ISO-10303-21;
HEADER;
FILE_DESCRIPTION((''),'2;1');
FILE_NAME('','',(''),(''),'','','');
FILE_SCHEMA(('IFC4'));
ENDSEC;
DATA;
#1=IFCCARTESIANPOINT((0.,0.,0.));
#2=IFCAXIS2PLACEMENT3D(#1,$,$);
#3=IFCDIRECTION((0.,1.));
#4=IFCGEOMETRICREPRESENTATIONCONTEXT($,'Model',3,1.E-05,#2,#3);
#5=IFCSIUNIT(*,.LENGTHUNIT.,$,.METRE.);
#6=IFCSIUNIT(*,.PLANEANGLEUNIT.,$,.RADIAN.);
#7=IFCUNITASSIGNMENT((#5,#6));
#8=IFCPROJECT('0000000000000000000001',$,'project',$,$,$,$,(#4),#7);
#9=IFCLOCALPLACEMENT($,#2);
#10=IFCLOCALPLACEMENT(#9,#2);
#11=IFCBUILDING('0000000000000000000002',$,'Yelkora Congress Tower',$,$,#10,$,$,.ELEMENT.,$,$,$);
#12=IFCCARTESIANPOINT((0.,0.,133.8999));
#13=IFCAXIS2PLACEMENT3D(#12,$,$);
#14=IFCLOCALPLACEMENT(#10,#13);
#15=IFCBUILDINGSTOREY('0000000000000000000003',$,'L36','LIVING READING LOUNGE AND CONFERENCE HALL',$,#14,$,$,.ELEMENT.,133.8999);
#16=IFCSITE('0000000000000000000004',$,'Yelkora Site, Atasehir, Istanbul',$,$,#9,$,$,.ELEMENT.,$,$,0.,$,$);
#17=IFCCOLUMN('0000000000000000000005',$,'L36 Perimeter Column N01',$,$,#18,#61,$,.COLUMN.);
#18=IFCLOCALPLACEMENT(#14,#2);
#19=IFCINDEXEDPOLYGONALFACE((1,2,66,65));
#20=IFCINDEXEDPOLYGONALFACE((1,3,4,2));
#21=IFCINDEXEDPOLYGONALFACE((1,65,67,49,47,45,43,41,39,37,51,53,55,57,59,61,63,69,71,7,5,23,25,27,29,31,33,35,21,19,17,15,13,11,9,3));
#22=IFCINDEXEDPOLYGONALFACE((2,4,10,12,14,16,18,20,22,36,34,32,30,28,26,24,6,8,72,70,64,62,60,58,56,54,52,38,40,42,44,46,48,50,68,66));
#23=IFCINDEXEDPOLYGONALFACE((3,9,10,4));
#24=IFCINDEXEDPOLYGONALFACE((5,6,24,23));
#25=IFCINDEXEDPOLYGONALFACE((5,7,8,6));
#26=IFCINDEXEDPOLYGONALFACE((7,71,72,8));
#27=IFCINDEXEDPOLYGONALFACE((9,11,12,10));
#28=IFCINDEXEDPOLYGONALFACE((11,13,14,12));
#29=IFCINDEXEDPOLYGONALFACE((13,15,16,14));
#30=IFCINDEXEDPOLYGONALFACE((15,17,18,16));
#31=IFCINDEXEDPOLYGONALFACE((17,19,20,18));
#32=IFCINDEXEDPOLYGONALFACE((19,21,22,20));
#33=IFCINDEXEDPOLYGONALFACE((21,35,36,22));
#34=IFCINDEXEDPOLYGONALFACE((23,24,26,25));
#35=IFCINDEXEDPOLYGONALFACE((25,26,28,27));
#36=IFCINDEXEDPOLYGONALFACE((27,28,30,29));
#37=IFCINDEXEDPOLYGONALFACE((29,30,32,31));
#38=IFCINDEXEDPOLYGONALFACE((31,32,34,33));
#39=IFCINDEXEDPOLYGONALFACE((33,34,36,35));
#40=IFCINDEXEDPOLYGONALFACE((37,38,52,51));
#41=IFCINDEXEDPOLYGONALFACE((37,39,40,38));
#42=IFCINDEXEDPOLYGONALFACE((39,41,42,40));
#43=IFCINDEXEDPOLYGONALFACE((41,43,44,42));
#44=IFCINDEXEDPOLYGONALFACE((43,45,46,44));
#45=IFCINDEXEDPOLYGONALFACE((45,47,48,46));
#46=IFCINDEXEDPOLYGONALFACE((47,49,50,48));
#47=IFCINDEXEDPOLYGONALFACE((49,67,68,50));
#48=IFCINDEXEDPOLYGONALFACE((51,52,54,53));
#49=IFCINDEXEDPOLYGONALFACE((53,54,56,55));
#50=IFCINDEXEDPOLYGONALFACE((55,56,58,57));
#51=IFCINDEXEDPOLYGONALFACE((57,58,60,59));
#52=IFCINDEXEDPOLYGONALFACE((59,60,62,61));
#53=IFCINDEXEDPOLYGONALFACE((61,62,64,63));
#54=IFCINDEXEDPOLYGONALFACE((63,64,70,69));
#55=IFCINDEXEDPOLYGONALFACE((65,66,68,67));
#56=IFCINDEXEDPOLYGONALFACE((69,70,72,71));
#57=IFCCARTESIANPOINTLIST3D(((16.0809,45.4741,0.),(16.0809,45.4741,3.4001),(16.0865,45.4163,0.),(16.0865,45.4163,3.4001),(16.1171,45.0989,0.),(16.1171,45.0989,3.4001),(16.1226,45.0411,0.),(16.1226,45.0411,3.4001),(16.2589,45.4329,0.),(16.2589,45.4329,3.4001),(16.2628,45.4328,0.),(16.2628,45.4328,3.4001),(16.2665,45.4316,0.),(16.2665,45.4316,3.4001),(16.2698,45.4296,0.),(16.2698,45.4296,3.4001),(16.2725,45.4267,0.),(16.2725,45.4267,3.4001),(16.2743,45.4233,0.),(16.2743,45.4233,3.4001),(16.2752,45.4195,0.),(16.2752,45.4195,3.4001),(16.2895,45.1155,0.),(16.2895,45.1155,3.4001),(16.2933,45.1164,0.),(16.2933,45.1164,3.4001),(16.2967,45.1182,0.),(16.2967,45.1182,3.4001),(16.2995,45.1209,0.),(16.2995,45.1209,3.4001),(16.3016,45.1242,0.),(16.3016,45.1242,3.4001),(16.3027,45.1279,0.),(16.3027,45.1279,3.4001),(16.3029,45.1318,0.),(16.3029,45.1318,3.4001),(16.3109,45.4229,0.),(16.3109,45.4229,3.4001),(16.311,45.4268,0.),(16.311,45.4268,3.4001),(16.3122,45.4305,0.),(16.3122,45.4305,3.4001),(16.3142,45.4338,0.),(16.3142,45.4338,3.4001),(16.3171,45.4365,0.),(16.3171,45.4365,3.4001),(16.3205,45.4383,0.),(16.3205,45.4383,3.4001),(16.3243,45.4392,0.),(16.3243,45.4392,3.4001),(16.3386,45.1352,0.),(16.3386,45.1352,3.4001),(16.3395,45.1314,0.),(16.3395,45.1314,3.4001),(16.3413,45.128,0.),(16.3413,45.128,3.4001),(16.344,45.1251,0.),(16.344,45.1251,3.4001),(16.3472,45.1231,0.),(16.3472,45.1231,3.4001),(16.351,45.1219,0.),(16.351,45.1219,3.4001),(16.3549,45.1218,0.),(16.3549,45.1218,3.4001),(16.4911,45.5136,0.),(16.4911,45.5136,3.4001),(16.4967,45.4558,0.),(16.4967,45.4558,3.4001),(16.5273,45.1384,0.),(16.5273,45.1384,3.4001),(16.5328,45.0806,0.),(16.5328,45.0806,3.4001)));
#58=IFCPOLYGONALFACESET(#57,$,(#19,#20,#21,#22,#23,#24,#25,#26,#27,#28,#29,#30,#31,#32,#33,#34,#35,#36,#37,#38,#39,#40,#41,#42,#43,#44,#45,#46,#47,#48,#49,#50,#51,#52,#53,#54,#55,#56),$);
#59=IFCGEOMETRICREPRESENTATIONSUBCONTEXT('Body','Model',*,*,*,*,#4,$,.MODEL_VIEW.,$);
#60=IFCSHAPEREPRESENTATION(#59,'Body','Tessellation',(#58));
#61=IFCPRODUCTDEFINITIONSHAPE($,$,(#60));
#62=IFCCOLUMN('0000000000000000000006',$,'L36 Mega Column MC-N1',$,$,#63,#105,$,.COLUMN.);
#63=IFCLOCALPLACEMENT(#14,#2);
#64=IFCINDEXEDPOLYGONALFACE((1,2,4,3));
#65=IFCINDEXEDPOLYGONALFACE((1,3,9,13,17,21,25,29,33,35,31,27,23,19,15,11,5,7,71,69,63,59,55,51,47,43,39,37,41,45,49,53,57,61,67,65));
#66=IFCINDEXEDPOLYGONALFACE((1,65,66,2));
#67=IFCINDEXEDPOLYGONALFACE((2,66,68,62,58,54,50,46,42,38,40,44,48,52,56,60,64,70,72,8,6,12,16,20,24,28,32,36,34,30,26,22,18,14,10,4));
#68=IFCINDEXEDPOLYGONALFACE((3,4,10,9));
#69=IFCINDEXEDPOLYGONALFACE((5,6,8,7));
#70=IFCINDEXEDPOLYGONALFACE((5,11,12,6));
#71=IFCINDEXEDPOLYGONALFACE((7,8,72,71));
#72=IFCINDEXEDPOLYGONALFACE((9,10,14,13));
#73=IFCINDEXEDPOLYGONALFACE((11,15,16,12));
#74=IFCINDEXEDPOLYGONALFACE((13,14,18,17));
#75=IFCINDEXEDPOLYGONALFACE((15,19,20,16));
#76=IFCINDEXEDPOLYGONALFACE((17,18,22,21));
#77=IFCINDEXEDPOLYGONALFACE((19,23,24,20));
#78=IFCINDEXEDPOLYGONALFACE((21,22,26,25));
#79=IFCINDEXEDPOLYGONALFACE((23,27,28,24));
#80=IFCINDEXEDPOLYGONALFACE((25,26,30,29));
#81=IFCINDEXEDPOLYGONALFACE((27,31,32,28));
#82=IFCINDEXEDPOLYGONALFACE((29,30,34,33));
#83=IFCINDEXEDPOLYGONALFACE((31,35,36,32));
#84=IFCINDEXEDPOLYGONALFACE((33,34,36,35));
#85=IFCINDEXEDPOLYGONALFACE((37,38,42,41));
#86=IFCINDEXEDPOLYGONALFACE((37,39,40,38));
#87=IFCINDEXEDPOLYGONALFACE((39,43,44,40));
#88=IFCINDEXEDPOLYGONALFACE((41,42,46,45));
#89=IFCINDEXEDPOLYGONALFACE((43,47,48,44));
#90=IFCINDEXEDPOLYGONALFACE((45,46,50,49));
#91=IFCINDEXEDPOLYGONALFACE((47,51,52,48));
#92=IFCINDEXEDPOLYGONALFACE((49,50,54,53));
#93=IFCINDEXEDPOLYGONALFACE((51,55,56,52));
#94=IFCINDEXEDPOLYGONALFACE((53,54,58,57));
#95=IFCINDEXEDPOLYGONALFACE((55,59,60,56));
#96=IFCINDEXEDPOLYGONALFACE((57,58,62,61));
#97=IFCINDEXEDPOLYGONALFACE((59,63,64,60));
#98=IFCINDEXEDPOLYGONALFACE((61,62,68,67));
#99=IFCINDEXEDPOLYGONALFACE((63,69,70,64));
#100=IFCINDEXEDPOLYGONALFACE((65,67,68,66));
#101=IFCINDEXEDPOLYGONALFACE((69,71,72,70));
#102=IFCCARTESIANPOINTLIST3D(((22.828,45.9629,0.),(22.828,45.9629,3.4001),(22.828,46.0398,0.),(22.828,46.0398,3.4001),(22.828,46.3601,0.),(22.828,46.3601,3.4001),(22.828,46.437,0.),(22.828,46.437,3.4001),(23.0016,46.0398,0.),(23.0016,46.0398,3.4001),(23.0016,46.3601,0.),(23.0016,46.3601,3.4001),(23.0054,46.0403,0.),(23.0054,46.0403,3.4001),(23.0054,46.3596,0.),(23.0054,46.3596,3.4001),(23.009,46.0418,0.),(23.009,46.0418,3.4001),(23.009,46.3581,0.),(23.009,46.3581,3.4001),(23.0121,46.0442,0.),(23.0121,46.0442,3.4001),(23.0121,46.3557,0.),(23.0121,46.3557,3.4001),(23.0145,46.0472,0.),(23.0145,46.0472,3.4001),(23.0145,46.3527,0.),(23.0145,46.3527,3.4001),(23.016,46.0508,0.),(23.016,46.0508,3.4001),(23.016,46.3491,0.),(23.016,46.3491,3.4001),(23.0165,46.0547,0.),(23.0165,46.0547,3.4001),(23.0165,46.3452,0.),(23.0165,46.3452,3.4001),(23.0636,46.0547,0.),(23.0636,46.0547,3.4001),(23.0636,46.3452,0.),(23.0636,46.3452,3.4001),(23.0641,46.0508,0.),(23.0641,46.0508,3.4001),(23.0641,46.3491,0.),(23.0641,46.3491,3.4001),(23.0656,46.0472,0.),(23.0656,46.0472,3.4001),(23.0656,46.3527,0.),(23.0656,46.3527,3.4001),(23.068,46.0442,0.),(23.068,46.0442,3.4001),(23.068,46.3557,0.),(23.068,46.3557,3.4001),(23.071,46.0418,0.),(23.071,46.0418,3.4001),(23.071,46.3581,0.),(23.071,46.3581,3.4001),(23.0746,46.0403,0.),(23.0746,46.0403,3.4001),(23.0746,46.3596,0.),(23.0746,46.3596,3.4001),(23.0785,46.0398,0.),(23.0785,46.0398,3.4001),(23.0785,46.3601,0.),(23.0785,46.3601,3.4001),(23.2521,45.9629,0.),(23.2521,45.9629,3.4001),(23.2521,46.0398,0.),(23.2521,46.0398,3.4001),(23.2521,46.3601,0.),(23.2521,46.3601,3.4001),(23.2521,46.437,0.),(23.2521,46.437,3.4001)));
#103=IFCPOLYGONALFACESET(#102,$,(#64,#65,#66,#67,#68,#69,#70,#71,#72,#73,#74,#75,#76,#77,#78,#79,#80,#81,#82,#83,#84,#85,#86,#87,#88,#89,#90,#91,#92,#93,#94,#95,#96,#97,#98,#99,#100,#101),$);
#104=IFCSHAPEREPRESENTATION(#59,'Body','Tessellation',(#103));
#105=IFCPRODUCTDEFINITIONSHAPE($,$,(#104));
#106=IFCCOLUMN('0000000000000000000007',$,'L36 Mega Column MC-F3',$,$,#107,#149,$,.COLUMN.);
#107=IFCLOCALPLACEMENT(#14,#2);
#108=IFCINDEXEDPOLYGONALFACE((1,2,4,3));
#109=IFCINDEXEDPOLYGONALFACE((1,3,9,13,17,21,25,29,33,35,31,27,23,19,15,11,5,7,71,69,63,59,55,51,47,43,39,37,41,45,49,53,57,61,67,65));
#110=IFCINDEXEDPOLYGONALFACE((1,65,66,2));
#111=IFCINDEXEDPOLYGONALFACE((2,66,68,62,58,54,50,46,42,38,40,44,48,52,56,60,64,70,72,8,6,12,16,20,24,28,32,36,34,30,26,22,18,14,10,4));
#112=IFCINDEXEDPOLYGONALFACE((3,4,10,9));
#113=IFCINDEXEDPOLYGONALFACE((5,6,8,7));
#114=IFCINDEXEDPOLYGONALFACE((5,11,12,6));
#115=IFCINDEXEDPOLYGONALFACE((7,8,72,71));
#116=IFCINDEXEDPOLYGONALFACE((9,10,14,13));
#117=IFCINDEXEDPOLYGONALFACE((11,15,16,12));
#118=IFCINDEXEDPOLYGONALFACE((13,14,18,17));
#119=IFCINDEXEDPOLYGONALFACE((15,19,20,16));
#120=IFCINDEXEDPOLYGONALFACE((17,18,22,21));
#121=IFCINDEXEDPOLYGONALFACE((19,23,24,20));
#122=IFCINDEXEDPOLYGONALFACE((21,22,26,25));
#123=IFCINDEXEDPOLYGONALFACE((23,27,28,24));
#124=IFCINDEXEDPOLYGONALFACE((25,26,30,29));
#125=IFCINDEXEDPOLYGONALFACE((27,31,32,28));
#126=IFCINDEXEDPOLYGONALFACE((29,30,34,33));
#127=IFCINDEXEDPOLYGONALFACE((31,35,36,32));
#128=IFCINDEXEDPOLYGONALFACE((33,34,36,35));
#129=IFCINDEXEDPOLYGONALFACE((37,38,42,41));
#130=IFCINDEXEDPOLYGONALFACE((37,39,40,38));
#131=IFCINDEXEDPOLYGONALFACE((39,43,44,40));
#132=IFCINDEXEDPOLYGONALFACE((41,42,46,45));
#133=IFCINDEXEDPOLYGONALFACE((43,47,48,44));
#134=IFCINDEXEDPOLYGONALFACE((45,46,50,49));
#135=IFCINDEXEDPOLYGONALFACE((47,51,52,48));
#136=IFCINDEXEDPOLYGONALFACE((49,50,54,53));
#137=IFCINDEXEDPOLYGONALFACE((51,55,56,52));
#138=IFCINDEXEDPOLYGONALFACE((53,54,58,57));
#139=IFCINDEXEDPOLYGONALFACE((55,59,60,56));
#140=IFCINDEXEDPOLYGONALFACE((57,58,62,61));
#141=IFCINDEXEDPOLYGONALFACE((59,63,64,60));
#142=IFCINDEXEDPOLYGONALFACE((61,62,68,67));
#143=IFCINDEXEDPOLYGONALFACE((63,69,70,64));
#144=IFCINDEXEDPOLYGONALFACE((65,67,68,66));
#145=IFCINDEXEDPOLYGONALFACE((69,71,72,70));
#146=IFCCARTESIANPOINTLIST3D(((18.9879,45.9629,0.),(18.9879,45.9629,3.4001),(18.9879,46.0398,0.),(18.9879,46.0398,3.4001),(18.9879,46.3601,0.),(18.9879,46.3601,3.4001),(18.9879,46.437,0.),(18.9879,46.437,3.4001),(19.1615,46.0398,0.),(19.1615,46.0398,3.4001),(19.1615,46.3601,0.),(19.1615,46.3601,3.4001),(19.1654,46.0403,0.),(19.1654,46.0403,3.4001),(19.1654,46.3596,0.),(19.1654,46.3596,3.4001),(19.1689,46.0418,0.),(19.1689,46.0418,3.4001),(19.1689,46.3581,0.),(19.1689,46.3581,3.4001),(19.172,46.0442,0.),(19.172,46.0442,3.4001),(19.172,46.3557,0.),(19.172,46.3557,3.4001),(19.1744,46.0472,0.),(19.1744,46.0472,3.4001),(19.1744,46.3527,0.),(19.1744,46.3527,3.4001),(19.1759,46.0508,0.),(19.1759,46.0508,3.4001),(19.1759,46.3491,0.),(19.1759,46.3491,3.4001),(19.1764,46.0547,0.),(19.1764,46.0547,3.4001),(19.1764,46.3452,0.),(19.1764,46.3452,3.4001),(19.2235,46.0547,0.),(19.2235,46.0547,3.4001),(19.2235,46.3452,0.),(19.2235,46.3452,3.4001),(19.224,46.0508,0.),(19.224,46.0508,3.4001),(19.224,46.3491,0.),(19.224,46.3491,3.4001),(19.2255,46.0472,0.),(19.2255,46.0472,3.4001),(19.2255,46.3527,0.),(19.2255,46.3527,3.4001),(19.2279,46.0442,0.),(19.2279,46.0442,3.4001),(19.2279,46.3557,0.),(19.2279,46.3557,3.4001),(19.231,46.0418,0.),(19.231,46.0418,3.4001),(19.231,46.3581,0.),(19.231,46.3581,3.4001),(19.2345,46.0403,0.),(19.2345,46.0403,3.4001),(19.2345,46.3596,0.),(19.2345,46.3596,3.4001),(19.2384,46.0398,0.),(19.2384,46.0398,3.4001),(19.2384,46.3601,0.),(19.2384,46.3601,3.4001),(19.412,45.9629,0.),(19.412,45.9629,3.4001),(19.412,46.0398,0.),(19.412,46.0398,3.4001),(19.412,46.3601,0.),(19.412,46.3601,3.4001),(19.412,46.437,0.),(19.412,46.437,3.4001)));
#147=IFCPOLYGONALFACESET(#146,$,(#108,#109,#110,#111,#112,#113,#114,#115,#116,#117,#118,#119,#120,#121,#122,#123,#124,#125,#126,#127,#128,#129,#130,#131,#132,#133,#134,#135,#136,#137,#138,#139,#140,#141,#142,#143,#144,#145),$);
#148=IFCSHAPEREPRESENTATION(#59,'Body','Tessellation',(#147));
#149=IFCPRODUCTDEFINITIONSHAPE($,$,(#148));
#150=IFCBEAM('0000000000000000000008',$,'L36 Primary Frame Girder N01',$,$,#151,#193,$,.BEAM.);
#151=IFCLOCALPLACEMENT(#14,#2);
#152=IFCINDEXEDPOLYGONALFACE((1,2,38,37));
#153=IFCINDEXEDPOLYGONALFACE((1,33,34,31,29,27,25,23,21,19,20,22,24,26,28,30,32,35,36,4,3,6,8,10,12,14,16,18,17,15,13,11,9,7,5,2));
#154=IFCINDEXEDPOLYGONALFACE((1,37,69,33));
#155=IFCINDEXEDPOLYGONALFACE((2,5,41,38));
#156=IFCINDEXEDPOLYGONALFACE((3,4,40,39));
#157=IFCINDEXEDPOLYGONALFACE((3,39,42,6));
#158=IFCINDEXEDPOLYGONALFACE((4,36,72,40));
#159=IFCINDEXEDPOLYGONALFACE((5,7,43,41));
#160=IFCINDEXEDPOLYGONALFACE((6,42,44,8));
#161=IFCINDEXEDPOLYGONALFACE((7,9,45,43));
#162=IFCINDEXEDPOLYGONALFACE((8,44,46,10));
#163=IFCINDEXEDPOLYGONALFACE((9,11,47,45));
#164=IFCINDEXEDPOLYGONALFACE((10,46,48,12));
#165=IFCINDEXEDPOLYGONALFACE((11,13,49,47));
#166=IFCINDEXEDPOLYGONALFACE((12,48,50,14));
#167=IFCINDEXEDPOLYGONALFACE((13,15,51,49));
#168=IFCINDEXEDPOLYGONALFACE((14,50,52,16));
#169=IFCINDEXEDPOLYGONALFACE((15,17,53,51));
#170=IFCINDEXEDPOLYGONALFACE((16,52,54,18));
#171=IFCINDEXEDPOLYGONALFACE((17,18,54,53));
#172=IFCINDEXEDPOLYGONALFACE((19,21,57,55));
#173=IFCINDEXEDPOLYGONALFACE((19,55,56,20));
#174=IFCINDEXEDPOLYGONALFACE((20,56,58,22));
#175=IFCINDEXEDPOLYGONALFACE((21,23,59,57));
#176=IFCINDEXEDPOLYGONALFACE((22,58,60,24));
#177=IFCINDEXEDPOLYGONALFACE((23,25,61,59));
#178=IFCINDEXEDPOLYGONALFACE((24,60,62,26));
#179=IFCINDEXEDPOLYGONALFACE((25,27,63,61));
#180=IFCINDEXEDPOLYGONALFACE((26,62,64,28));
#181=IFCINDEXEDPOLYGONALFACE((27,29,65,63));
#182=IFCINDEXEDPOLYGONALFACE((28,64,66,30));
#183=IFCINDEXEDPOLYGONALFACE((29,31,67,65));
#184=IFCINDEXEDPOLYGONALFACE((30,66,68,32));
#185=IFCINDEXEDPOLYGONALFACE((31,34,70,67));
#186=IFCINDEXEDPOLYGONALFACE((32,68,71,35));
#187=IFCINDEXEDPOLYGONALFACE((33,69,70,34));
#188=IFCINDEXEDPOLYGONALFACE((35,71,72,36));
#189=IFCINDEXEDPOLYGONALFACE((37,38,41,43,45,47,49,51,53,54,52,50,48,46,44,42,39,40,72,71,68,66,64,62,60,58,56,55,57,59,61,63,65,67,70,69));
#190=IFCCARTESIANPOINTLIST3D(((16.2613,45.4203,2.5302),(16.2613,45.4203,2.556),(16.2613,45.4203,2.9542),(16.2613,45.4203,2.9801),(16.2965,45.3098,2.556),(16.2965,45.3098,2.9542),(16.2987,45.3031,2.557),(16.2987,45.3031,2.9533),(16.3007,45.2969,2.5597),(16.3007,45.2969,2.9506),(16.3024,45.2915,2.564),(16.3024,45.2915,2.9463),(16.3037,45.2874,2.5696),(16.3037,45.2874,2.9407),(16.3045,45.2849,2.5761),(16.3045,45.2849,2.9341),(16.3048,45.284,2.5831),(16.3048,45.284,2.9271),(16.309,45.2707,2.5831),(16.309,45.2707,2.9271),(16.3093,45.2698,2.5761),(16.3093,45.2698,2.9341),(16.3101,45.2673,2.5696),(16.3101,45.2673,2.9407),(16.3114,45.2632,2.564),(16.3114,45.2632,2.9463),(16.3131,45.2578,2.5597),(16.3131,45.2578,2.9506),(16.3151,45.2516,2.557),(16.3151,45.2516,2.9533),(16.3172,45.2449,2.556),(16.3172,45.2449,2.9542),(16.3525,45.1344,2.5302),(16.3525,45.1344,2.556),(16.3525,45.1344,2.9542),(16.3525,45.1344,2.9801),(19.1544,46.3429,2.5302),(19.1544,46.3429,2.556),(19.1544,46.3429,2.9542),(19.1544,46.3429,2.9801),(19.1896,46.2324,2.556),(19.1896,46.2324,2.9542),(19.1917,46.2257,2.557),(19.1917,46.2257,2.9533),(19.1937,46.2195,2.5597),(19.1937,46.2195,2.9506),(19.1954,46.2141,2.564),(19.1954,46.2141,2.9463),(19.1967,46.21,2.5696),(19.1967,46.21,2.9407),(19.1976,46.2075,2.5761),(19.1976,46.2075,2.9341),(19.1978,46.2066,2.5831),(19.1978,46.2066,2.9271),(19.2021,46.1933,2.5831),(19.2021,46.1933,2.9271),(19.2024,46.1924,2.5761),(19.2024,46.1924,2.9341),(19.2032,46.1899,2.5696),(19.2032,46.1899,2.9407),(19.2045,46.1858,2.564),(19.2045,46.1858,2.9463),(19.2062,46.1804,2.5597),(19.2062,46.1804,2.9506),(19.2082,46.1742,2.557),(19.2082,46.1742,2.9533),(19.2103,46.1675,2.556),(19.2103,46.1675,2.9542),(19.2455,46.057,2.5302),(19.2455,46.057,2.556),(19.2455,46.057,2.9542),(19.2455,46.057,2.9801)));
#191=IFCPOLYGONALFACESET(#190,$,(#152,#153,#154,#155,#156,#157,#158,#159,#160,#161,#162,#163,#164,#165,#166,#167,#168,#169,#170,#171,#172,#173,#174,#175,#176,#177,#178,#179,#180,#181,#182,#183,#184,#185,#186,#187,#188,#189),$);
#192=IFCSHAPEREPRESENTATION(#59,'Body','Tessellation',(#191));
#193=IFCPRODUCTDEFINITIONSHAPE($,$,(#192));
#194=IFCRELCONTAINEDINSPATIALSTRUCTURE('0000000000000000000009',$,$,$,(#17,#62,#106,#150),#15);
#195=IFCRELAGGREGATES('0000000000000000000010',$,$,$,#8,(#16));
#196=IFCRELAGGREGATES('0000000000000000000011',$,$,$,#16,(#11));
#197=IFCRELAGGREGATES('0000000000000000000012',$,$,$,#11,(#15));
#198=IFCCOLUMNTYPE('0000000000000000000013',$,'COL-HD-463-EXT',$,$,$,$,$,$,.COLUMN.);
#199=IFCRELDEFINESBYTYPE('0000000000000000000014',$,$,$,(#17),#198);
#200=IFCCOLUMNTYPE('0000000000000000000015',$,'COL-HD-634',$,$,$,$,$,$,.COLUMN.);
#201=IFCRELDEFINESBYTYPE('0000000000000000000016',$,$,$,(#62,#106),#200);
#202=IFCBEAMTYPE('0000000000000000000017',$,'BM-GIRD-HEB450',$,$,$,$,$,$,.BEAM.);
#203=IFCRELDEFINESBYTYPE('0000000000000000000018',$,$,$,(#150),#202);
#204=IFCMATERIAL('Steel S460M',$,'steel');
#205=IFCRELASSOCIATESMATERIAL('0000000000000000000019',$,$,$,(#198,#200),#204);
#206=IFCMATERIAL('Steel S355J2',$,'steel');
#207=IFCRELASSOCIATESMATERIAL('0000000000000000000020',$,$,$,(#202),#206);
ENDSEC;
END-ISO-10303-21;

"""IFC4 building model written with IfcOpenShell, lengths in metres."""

from ifc_helpers import new_model, si_unit, direction, frame, origin, origin_2d, place, context, subcontext, project, spatial, i_section, extrude, material, material_profile, profile_set, type_object, element, save


model = new_model("IFC4")

# Units and contexts
model_context = context("Model", 3, precision=1e-05, world=origin(), true_north=direction((0.0, 1.0)))
body_context = subcontext(model_context, "Body", "Model", "MODEL_VIEW")
ifc_project = project(units=[si_unit("LENGTHUNIT", "METRE"), si_unit("PLANEANGLEUNIT", "RADIAN")], contexts=[model_context])

# Site, building, storey
site_placement = place(None, origin())
site = spatial("IfcSite", under=ifc_project, at=site_placement, Name="Yelkora Site, Atasehir, Istanbul", CompositionType="ELEMENT", RefElevation=0.0)
building_placement = place(site_placement, origin())
building = spatial("IfcBuilding", under=site, at=building_placement, Name="Yelkora Congress Tower", CompositionType="ELEMENT")
storey_placement = place(building_placement, frame((0.0, 0.0, 133.8999)))
storey = spatial("IfcBuildingStorey", under=building, at=storey_placement, Name="L36", Description="LIVING READING LOUNGE AND CONFERENCE HALL", CompositionType="ELEMENT", Elevation=133.8999)

# Columns
ifc_material_1 = material(Name="Steel S460M", Category="steel")
ifc_material_profile_1 = material_profile(ifc_material_1, i_section(OverallWidth=0.4121, OverallDepth=0.4351, WebThickness=0.0359, FlangeThickness=0.0581, FilletRadius=0.0149, at=origin_2d()), Name="HD 400x463")
ifc_profile_set_1 = profile_set([ifc_material_profile_1], Name="Steel S460M")
column_type_1 = type_object("IfcColumnType", Name="COL-HD-463-EXT", PredefinedType="COLUMN", material=ifc_profile_set_1)
column_placement = place(storey_placement, frame((16.3069, 45.2773, 0.0), z_axis=(0.0, 0.0, 1.0), x_axis=(0.995396, 0.095846, 0.0)))
element("IfcColumn", 1, at=column_placement, inside=storey, type_object=column_type_1, Name="L36 Perimeter Column N01", PredefinedType="COLUMN", context=body_context, shape_type="SweptSolid", body=[
    extrude(i_section(OverallWidth=0.4121, OverallDepth=0.4351, WebThickness=0.0359, FlangeThickness=0.0581, FilletRadius=0.0149, at=origin_2d()), origin(), (0.0, 0.0, 1.0), 3.4001),
])
ifc_material_profile_2 = material_profile(ifc_material_1, i_section(OverallWidth=0.4241, OverallDepth=0.4741, WebThickness=0.0471, FlangeThickness=0.0769, FilletRadius=0.0149, at=origin_2d()), Name="HD 400x634")
ifc_profile_set_2 = profile_set([ifc_material_profile_2], Name="Steel S460M")
column_type_2 = type_object("IfcColumnType", Name="COL-HD-634", PredefinedType="COLUMN", material=ifc_profile_set_2)
for number, where, z_axis, x_axis, name in (
    (2, (23.04, 46.2, 0.0), (0.0, 0.0, 1.0), (1.0, 0.0, 0.0), "L36 Mega Column MC-N1"),
    (3, (19.2, 46.2, 0.0), (0.0, 0.0, 1.0), (1.0, 0.0, 0.0), "L36 Mega Column MC-F3"),
):
    element("IfcColumn", number, at=place(storey_placement, frame(where, z_axis=z_axis, x_axis=x_axis)), inside=storey, type_object=column_type_2, Name=name, PredefinedType="COLUMN", context=body_context, shape_type="SweptSolid", body=[
        extrude(i_section(OverallWidth=0.4241, OverallDepth=0.4741, WebThickness=0.0471, FlangeThickness=0.0769, FilletRadius=0.0149, at=origin_2d()), origin(), (0.0, 0.0, 1.0), 3.4001),
    ])

# Beam
ifc_material_2 = material(Name="Steel S355J2", Category="steel")
ifc_material_profile_3 = material_profile(ifc_material_2, i_section(OverallWidth=0.3, OverallDepth=0.45, WebThickness=0.0139, FlangeThickness=0.0259, FilletRadius=0.0271, at=origin_2d()), Name="HEB 450")
ifc_profile_set_3 = profile_set([ifc_material_profile_3], Name="Steel S355J2")
beam_type_1 = type_object("IfcBeamType", Name="BM-GIRD-HEB450", PredefinedType="BEAM", material=ifc_profile_set_3)
beam_1_placement = place(storey_placement, frame((16.3069, 45.2773, 2.7551), z_axis=(0.952727, 0.303827, 0.0), x_axis=(-0.303827, 0.952727, 0.0)))
element("IfcBeam", 4, at=beam_1_placement, inside=storey, type_object=beam_type_1, Name="L36 Primary Frame Girder N01", PredefinedType="BEAM", context=body_context, shape_type="SweptSolid", body=[
    extrude(i_section(OverallWidth=0.3, OverallDepth=0.45, WebThickness=0.0139, FlangeThickness=0.0259, FilletRadius=0.0271, at=origin_2d()), origin(), (0.0, 0.0, 1.0), 3.0366),
])

save(model, "model.ifc")
